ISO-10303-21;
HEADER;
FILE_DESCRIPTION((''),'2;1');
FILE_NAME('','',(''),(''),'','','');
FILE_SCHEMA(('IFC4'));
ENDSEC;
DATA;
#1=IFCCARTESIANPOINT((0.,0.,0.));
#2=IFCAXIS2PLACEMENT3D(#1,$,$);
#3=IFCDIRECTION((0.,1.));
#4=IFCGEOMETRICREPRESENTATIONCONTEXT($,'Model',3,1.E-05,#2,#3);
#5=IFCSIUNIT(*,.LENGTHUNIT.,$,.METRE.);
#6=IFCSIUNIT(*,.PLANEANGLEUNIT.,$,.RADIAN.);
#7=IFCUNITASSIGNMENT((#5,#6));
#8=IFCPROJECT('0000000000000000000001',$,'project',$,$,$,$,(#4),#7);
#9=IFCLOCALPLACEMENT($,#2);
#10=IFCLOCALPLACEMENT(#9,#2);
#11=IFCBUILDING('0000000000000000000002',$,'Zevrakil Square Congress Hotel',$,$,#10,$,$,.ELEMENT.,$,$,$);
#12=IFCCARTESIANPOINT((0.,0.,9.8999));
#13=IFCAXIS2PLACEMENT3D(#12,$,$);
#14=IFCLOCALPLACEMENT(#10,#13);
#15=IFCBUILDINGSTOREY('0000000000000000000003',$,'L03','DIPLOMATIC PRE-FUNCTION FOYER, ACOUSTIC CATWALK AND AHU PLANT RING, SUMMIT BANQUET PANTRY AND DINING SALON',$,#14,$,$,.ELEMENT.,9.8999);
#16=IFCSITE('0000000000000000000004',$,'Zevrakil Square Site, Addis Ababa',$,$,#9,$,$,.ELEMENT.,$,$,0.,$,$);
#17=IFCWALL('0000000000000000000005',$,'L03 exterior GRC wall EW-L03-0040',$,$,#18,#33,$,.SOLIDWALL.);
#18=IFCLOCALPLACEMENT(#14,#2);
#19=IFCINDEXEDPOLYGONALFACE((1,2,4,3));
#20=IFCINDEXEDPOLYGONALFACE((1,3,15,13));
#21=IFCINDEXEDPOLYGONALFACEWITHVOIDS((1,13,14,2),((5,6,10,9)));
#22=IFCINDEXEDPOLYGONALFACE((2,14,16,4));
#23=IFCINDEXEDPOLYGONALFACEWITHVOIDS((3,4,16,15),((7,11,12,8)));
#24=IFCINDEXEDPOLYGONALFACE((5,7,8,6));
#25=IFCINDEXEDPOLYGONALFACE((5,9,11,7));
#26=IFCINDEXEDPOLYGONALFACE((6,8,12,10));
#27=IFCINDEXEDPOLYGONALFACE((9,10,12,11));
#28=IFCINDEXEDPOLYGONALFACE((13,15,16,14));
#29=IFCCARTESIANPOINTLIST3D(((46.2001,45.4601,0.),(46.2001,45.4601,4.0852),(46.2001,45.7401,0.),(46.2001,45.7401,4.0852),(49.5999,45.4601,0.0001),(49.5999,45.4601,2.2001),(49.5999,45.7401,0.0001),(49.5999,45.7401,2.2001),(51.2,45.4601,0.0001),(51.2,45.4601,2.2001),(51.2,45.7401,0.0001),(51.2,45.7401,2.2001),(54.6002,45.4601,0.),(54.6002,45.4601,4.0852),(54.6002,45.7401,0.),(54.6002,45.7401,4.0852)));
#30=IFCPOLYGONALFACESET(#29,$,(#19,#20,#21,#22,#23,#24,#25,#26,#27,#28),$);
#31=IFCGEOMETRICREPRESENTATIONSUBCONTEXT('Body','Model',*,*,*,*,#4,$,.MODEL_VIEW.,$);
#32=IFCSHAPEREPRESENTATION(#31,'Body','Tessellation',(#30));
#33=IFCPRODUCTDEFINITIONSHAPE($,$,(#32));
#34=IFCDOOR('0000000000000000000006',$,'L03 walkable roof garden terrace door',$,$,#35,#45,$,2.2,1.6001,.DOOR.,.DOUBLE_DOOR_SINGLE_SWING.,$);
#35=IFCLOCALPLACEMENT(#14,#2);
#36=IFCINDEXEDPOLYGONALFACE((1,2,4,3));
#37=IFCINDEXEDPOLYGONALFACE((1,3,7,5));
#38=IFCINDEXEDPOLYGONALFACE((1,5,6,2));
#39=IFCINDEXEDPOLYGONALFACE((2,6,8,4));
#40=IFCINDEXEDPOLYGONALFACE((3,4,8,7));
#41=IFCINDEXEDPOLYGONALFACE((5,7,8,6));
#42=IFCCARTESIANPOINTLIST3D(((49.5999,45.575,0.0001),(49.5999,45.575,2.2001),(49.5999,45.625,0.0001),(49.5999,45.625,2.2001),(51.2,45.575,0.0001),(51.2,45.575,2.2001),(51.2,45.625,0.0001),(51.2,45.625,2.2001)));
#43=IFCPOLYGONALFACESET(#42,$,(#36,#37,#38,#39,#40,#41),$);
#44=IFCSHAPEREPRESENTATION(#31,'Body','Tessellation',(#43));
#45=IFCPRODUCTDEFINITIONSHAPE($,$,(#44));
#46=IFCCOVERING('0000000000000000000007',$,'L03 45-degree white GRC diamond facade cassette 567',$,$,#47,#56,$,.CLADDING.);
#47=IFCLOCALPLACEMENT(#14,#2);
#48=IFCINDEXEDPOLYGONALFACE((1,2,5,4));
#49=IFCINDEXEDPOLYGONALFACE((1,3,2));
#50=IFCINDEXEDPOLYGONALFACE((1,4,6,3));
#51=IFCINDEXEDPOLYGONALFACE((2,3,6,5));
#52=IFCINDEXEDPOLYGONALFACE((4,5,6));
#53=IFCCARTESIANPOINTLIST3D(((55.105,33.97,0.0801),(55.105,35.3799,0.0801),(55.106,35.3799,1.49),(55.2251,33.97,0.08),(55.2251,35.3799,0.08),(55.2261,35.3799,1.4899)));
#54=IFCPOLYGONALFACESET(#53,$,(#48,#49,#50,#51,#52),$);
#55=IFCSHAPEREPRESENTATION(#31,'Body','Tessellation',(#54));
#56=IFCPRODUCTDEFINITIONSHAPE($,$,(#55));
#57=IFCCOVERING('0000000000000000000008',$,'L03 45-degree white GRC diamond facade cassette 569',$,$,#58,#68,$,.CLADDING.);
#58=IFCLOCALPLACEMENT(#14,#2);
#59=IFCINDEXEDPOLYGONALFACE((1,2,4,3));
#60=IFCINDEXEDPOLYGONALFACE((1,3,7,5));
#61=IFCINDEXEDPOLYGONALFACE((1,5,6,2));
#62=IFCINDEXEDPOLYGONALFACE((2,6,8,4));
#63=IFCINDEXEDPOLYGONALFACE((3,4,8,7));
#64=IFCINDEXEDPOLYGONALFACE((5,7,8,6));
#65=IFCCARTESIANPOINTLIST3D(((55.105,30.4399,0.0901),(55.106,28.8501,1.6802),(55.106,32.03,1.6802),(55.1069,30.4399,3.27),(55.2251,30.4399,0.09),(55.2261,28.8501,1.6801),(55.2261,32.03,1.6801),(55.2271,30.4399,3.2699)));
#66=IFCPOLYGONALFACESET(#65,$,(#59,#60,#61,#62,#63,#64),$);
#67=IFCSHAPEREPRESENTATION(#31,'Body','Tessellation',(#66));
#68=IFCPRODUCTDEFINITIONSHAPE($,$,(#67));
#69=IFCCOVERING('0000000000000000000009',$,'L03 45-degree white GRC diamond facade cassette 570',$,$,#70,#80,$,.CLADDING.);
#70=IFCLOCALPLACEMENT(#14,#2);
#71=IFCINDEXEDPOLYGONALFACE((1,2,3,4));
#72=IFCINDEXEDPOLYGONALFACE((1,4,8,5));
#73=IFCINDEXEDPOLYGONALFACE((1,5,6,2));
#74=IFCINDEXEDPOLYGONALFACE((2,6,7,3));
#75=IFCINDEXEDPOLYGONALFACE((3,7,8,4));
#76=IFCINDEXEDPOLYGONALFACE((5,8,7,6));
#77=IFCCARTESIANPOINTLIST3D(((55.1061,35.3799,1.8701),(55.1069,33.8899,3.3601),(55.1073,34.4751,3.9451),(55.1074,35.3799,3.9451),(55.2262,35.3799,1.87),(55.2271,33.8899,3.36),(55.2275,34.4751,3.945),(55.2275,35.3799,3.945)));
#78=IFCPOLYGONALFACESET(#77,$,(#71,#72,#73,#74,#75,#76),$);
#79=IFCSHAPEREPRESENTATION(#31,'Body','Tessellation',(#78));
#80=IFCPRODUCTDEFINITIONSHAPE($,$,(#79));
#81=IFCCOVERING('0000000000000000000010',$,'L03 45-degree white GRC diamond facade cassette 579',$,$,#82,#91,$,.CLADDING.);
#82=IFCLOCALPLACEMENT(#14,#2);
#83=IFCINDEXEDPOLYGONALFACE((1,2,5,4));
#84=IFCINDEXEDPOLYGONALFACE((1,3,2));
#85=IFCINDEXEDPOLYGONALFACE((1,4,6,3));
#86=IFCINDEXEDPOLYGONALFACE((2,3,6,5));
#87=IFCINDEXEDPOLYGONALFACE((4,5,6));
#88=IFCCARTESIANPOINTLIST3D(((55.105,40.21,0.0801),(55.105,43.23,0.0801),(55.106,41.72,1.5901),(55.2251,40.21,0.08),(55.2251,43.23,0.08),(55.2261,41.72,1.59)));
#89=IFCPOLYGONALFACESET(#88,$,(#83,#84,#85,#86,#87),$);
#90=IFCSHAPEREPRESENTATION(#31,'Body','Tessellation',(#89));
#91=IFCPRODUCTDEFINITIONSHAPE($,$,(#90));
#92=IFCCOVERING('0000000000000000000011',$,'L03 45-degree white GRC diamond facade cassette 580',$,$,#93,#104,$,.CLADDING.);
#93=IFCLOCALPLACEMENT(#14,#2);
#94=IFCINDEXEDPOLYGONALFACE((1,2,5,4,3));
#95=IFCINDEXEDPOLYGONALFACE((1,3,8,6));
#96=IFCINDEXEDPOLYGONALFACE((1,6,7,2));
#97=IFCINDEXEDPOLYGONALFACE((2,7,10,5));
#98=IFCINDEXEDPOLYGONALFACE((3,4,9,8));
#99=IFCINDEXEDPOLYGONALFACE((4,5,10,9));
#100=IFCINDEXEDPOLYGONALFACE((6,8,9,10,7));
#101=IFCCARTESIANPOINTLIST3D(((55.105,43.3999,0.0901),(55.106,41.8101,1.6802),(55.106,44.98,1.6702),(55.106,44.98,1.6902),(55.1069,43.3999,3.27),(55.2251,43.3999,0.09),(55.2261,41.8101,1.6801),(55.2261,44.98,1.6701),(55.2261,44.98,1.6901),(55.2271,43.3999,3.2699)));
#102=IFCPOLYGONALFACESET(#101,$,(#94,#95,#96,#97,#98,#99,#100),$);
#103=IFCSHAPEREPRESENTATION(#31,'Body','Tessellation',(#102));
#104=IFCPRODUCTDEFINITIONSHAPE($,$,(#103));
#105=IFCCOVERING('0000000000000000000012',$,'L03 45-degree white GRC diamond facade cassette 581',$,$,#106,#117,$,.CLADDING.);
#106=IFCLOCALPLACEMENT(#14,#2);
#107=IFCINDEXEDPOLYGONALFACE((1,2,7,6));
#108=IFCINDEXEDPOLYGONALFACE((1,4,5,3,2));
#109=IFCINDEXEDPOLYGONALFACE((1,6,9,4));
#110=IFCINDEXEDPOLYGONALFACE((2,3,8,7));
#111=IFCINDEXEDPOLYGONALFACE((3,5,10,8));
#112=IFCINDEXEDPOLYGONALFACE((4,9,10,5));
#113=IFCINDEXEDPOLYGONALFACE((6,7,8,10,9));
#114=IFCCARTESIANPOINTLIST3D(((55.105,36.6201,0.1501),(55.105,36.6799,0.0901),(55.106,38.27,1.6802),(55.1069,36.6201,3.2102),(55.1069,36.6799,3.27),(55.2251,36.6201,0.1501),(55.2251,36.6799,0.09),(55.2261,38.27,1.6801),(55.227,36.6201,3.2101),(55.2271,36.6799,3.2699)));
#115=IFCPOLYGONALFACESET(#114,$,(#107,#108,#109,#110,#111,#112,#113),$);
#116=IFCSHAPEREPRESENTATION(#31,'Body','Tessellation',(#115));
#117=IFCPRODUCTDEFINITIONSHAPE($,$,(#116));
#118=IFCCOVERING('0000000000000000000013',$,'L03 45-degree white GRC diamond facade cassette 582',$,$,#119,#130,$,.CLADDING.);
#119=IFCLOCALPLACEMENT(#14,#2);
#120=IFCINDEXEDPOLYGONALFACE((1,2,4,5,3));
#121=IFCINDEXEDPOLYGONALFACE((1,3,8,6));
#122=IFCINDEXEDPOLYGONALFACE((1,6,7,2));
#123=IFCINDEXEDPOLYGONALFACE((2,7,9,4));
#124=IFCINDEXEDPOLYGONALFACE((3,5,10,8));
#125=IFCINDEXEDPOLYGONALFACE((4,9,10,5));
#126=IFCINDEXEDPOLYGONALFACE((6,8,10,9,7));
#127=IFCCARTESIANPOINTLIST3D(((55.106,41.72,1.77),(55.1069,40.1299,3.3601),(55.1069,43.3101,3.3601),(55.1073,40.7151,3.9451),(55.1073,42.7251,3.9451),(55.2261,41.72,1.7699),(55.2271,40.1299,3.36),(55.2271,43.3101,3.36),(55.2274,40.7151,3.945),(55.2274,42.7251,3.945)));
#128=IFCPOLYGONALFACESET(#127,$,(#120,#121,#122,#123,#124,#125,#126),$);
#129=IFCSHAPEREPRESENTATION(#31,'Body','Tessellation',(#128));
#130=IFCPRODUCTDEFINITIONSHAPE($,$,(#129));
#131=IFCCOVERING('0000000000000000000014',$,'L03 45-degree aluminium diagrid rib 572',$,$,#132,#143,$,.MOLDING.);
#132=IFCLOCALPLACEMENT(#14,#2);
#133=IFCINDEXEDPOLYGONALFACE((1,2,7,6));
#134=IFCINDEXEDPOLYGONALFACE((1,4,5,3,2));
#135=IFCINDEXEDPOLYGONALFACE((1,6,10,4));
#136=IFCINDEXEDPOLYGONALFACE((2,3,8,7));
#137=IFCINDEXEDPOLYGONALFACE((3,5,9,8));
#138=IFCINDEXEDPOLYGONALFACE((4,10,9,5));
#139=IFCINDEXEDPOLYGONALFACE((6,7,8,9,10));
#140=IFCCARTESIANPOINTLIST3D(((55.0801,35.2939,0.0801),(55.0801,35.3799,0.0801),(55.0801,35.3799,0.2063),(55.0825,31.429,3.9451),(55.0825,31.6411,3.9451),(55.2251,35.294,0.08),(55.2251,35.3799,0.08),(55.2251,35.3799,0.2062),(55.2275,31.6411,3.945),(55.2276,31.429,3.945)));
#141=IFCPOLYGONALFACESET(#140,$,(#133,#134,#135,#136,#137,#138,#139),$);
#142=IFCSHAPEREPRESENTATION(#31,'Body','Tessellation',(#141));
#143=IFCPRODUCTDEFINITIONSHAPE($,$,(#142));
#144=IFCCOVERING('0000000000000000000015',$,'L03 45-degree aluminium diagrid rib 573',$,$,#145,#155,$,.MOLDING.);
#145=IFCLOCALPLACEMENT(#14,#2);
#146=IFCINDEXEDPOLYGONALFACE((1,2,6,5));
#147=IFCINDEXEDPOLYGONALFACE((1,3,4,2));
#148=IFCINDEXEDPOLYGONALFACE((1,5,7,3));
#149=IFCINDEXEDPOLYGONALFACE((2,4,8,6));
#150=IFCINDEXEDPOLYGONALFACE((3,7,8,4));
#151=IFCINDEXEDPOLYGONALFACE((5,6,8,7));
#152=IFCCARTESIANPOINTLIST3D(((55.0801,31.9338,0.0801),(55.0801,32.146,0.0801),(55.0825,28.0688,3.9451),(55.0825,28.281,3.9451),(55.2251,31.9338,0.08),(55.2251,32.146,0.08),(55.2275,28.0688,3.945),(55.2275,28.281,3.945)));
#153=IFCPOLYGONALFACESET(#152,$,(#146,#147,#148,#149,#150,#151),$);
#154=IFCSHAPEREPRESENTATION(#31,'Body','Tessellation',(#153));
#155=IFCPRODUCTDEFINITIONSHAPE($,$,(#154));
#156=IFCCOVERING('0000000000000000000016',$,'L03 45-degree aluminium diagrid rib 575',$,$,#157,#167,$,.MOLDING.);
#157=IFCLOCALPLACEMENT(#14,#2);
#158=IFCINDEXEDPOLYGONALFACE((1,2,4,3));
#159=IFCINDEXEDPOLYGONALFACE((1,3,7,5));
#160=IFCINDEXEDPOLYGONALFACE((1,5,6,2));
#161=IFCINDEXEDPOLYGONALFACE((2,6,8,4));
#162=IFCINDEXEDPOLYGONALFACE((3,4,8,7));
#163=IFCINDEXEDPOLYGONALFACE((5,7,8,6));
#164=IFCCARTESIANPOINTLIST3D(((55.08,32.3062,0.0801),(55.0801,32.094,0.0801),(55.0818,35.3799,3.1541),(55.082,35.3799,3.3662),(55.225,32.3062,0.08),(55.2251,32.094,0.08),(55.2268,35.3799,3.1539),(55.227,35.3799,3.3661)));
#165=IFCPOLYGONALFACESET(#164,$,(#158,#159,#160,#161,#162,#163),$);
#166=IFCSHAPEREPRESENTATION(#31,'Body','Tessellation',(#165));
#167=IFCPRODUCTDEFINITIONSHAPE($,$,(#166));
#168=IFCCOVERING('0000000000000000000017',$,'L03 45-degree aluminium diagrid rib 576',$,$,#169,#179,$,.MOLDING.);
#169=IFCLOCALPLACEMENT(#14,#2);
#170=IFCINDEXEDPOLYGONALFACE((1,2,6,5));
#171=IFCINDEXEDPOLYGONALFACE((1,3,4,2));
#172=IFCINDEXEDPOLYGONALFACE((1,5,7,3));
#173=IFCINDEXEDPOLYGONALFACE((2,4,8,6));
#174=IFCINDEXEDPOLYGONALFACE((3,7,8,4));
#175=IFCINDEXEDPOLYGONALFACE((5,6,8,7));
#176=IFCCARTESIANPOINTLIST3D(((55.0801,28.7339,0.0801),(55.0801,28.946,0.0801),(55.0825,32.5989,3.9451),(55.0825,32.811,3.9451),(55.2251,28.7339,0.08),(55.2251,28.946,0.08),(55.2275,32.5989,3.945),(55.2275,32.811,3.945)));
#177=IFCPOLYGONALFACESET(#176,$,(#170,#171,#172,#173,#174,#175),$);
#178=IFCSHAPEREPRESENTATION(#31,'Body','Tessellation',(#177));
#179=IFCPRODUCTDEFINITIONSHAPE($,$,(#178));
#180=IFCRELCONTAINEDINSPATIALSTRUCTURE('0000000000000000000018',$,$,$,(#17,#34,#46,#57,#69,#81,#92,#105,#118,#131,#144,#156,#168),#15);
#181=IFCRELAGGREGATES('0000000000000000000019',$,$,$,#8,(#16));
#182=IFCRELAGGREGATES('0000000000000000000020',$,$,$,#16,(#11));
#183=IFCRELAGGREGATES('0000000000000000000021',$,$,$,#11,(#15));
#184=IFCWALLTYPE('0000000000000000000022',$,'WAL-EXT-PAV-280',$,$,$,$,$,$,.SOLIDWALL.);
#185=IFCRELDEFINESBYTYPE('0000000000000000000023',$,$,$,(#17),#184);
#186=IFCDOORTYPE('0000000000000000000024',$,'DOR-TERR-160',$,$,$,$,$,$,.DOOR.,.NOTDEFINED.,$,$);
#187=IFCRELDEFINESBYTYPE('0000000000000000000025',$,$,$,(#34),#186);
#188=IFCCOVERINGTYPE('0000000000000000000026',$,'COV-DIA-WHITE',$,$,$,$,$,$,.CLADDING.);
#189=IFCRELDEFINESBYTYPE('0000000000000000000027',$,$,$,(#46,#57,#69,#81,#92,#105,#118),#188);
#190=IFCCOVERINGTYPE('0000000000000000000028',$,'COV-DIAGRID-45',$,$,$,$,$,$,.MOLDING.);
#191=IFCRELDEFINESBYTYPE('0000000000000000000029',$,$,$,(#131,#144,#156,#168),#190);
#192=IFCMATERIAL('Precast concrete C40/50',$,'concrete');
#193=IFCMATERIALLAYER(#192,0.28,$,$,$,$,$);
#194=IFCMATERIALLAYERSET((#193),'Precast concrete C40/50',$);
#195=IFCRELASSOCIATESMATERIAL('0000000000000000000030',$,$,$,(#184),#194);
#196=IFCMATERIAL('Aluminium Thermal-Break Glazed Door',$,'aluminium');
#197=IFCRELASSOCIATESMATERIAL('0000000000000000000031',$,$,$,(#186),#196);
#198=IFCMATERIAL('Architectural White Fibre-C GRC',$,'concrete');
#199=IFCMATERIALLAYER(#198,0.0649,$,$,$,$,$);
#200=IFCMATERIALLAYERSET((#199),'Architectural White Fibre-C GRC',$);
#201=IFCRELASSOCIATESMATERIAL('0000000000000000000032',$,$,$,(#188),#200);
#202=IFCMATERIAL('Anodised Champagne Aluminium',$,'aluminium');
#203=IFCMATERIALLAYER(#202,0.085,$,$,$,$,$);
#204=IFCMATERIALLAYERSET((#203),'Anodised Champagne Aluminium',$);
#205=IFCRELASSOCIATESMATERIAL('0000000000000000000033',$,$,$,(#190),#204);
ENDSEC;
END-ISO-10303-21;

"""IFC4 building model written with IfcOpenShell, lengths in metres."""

from ifc_helpers import new_model, si_unit, direction, frame, frame_2d, origin, place, context, subcontext, project, spatial, polyline, rectangle, outline, extrude, material, layer, layer_set, type_object, element, fill, save


model = new_model("IFC4")

# Units and contexts
model_context = context("Model", 3, precision=1e-05, world=origin(), true_north=direction((0.0, 1.0)))
body_context = subcontext(model_context, "Body", "Model", "MODEL_VIEW")
ifc_project = project(units=[si_unit("LENGTHUNIT", "METRE"), si_unit("PLANEANGLEUNIT", "RADIAN")], contexts=[model_context])

# Site, building, storey
site_placement = place(None, origin())
site = spatial("IfcSite", under=ifc_project, at=site_placement, Name="Zevrakil Square Site, Addis Ababa", CompositionType="ELEMENT", RefElevation=0.0)
building_placement = place(site_placement, origin())
building = spatial("IfcBuilding", under=site, at=building_placement, Name="Zevrakil Square Congress Hotel", CompositionType="ELEMENT")
storey_placement = place(building_placement, frame((0.0, 0.0, 9.8999)))
storey = spatial("IfcBuildingStorey", under=building, at=storey_placement, Name="L03", Description="DIPLOMATIC PRE-FUNCTION FOYER, ACOUSTIC CATWALK AND AHU PLANT RING, SUMMIT BANQUET PANTRY AND DINING SALON", CompositionType="ELEMENT", Elevation=9.8999)

# Wall, opening, door
ifc_material_1 = material(Name="Precast concrete C40/50", Category="concrete")
ifc_layer_1 = layer(ifc_material_1, 0.28)
ifc_layer_set_1 = layer_set([ifc_layer_1], Name="Precast concrete C40/50")
wall_type = type_object("IfcWallType", Name="WAL-EXT-PAV-280", PredefinedType="SOLIDWALL", material=ifc_layer_set_1)
wall_placement = place(storey_placement, frame((46.2, 45.6001, 0.0), z_axis=(0.0, 0.0, 1.0), x_axis=(1.0, 0.0, 0.0)))
wall = element("IfcWall", 1, at=wall_placement, inside=storey, type_object=wall_type, Name="L03 exterior GRC wall EW-L03-0040", PredefinedType="SOLIDWALL", context=body_context, shape_type="SweptSolid", body=[
    extrude(rectangle(XDim=8.4001, YDim=0.28, at=frame_2d((4.2002, 0.0))), origin(), (0.0, 0.0, 1.0), 4.0852),
])
opening_placement = place(wall_placement, frame((3.3999, 0.0, 0.0)))
opening = element("IfcOpeningElement", 2, at=opening_placement, cuts=wall, PredefinedType="OPENING", context=body_context, shape_type="SweptSolid", body=[
    extrude(rectangle(XDim=1.6001, YDim=2.2, at=frame_2d((0.8, 1.1001))), frame((0.0, 0.1499, 0.0), z_axis=(0.0, -1.0, 0.0), x_axis=(1.0, 0.0, 0.0)), (0.0, 0.0, 1.0), 0.3),
])
ifc_material_2 = material(Name="Aluminium Thermal-Break Glazed Door", Category="aluminium")
door_type = type_object("IfcDoorType", Name="DOR-TERR-160", OperationType="NOTDEFINED", PredefinedType="DOOR", material=ifc_material_2)
door_placement = place(opening_placement, origin())
door = element("IfcDoor", 3, at=door_placement, inside=storey, type_object=door_type, Name="L03 walkable roof garden terrace door", OperationType="DOUBLE_DOOR_SINGLE_SWING", OverallHeight=2.2, OverallWidth=1.6001, PredefinedType="DOOR", context=body_context, shape_type="SweptSolid", body=[
    extrude(rectangle(XDim=1.6001, YDim=2.2, at=frame_2d((0.8, 1.1001))), frame((0.0, 0.0249, 0.0), z_axis=(0.0, -1.0, 0.0), x_axis=(1.0, 0.0, 0.0)), (0.0, 0.0, 1.0), 0.05),
])
fill(opening, door)

# Coverings
ifc_material_3 = material(Name="Architectural White Fibre-C GRC", Category="concrete")
ifc_layer_2 = layer(ifc_material_3, 0.0649)
ifc_layer_set_2 = layer_set([ifc_layer_2], Name="Architectural White Fibre-C GRC")
covering_type_1 = type_object("IfcCoveringType", Name="COV-DIA-WHITE", PredefinedType="CLADDING", material=ifc_layer_set_2)
covering_1_placement = place(storey_placement, frame((55.105, 33.97, 0.0801), z_axis=(-1.0, 0.0, 0.000693), x_axis=(0.0, 1.0, 0.0)))
element("IfcCovering", 4, at=covering_1_placement, inside=storey, type_object=covering_type_1, Name="L03 45-degree white GRC diamond facade cassette 567", PredefinedType="CLADDING", context=body_context, shape_type="SweptSolid", body=[
    extrude(outline(polyline([(0.0, 0.0), (1.4099, 0.0), (1.4099, -1.4099), (0.0, 0.0)])), origin(), (0.0, 0.0, -1.0), 0.1201),
])
covering_2_placement = place(storey_placement, frame((55.1069, 30.4399, 3.27), z_axis=(-1.0, 0.0, 0.000614), x_axis=(-0.000434, -0.707107, -0.707107)))
element("IfcCovering", 5, at=covering_2_placement, inside=storey, type_object=covering_type_1, Name="L03 45-degree white GRC diamond facade cassette 569", PredefinedType="CLADDING", context=body_context, shape_type="SweptSolid", body=[
    extrude(outline(polyline([(0.0, 0.0), (2.2484, 0.0), (2.2486, -2.2486), (-0.0002, -2.2486), (0.0, 0.0)])), origin(), (0.0, 0.0, -1.0), 0.1201),
])
covering_3_placement = place(storey_placement, frame((55.1069, 33.8899, 3.3601), z_axis=(-1.0, 0.000083, 0.000624), x_axis=(-0.000383, 0.707107, -0.707107)))
element("IfcCovering", 6, at=covering_3_placement, inside=storey, type_object=covering_type_1, Name="L03 45-degree white GRC diamond facade cassette 570", PredefinedType="CLADDING", context=body_context, shape_type="SweptSolid", body=[
    extrude(outline(polyline([(0.0, 0.0), (2.1072, 0.0), (0.64, -1.4672), (0.0002, -0.8274), (0.0, 0.0)])), origin(), (0.0, 0.0, -1.0), 0.1201),
])
covering_4_placement = place(storey_placement, frame((55.106, 41.72, 1.5901), z_axis=(-1.0, 0.0, 0.000647), x_axis=(-0.000457, -0.707107, -0.707107)))
element("IfcCovering", 7, at=covering_4_placement, inside=storey, type_object=covering_type_1, Name="L03 45-degree white GRC diamond facade cassette 579", PredefinedType="CLADDING", context=body_context, shape_type="SweptSolid", body=[
    extrude(outline(polyline([(0.0, 0.0), (2.1355, 0.0), (0.0, -2.1355), (0.0, 0.0)])), origin(), (0.0, 0.0, -1.0), 0.1201),
])
covering_5_placement = place(storey_placement, frame((55.1069, 43.3999, 3.27), z_axis=(-1.0, 0.0, 0.000612), x_axis=(-0.000433, -0.707107, -0.707107)))
element("IfcCovering", 8, at=covering_5_placement, inside=storey, type_object=covering_type_1, Name="L03 45-degree white GRC diamond facade cassette 580", PredefinedType="CLADDING", context=body_context, shape_type="SweptSolid", body=[
    extrude(outline(polyline([(0.0, 0.0), (2.2484, 0.0), (2.2486, -2.2486), (0.014, -2.2486), (-0.0002, -2.2344), (0.0, 0.0)])), origin(), (0.0, 0.0, -1.0), 0.1201),
])
covering_6_placement = place(storey_placement, frame((55.105, 36.6799, 0.0901), z_axis=(-1.0, 0.0, 0.000615), x_axis=(0.000435, 0.707107, 0.707107)))
element("IfcCovering", 9, at=covering_6_placement, inside=storey, type_object=covering_type_1, Name="L03 45-degree white GRC diamond facade cassette 581", PredefinedType="CLADDING", context=body_context, shape_type="SweptSolid", body=[
    extrude(outline(polyline([(0.0, 0.0), (2.2487, 0.0), (2.2486, -2.2486), (2.164, -2.2486), (0.0002, -0.0848), (0.0, 0.0)])), origin(), (0.0, 0.0, -1.0), 0.1201),
])
covering_7_placement = place(storey_placement, frame((55.1069, 40.1299, 3.3601), z_axis=(-1.0, 0.0, 0.000601), x_axis=(-0.000425, 0.707107, -0.707107)))
element("IfcCovering", 10, at=covering_7_placement, inside=storey, type_object=covering_type_1, Name="L03 45-degree white GRC diamond facade cassette 582", PredefinedType="CLADDING", context=body_context, shape_type="SweptSolid", body=[
    extrude(outline(polyline([(0.0, 0.0), (2.2487, 0.0), (2.2487, -2.2487), (1.4215, -2.2487), (0.0002, -0.8274), (0.0, 0.0)])), origin(), (0.0, 0.0, -1.0), 0.1201),
])
ifc_material_4 = material(Name="Anodised Champagne Aluminium", Category="aluminium")
ifc_layer_3 = layer(ifc_material_4, 0.085)
ifc_layer_set_3 = layer_set([ifc_layer_3], Name="Anodised Champagne Aluminium")
covering_type_2 = type_object("IfcCoveringType", Name="COV-DIAGRID-45", PredefinedType="MOLDING", material=ifc_layer_set_3)
covering_8_placement = place(storey_placement, frame((55.0801, 35.2939, 0.0801), z_axis=(-1.0, -0.00019, 0.000448), x_axis=(-0.00019, 1.0, 0.0)))
element("IfcCovering", 11, at=covering_8_placement, inside=storey, type_object=covering_type_2, Name="L03 45-degree aluminium diagrid rib 572", PredefinedType="MOLDING", context=body_context, shape_type="SweptSolid", body=[
    extrude(outline(polyline([(0.0, 0.0), (0.0859, 0.0), (0.0859, -0.1262), (-3.6528, -3.865), (-3.865, -3.865), (0.0, 0.0)])), origin(), (0.0, 0.0, -1.0), 0.145),
])
covering_9_placement = place(storey_placement, frame((55.0801, 31.9338, 0.0801), z_axis=(-1.0, 0.0, 0.000632), x_axis=(0.0, 1.0, 0.0)))
element("IfcCovering", 12, at=covering_9_placement, inside=storey, type_object=covering_type_2, Name="L03 45-degree aluminium diagrid rib 573", PredefinedType="MOLDING", context=body_context, shape_type="SweptSolid", body=[
    extrude(outline(polyline([(0.0, 0.0), (0.2122, 0.0), (-3.6528, -3.865), (-3.865, -3.865), (0.0, 0.0)])), origin(), (0.0, 0.0, -1.0), 0.145),
])
covering_10_placement = place(storey_placement, frame((55.0818, 35.3799, 3.1541), z_axis=(-1.0, -0.000287, 0.000863), x_axis=(0.000863, 0.0, 1.0)))
element("IfcCovering", 13, at=covering_10_placement, inside=storey, type_object=covering_type_2, Name="L03 45-degree aluminium diagrid rib 575", PredefinedType="MOLDING", context=body_context, shape_type="SweptSolid", body=[
    extrude(outline(polyline([(0.0, 0.0), (0.2122, 0.0), (-3.074, -3.2859), (-3.074, -3.0737), (0.0, 0.0)])), origin(), (0.0, 0.0, -1.0), 0.145),
])
covering_11_placement = place(storey_placement, frame((55.0825, 32.811, 3.9451), z_axis=(-1.0, 0.0, 0.000632), x_axis=(0.0, -1.0, 0.0)))
element("IfcCovering", 14, at=covering_11_placement, inside=storey, type_object=covering_type_2, Name="L03 45-degree aluminium diagrid rib 576", PredefinedType="MOLDING", context=body_context, shape_type="SweptSolid", body=[
    extrude(outline(polyline([(0.0, 0.0), (0.2122, 0.0), (4.0771, -3.865), (3.865, -3.865), (0.0, 0.0)])), origin(), (0.0, 0.0, -1.0), 0.145),
])

save(model, "model.ifc")
